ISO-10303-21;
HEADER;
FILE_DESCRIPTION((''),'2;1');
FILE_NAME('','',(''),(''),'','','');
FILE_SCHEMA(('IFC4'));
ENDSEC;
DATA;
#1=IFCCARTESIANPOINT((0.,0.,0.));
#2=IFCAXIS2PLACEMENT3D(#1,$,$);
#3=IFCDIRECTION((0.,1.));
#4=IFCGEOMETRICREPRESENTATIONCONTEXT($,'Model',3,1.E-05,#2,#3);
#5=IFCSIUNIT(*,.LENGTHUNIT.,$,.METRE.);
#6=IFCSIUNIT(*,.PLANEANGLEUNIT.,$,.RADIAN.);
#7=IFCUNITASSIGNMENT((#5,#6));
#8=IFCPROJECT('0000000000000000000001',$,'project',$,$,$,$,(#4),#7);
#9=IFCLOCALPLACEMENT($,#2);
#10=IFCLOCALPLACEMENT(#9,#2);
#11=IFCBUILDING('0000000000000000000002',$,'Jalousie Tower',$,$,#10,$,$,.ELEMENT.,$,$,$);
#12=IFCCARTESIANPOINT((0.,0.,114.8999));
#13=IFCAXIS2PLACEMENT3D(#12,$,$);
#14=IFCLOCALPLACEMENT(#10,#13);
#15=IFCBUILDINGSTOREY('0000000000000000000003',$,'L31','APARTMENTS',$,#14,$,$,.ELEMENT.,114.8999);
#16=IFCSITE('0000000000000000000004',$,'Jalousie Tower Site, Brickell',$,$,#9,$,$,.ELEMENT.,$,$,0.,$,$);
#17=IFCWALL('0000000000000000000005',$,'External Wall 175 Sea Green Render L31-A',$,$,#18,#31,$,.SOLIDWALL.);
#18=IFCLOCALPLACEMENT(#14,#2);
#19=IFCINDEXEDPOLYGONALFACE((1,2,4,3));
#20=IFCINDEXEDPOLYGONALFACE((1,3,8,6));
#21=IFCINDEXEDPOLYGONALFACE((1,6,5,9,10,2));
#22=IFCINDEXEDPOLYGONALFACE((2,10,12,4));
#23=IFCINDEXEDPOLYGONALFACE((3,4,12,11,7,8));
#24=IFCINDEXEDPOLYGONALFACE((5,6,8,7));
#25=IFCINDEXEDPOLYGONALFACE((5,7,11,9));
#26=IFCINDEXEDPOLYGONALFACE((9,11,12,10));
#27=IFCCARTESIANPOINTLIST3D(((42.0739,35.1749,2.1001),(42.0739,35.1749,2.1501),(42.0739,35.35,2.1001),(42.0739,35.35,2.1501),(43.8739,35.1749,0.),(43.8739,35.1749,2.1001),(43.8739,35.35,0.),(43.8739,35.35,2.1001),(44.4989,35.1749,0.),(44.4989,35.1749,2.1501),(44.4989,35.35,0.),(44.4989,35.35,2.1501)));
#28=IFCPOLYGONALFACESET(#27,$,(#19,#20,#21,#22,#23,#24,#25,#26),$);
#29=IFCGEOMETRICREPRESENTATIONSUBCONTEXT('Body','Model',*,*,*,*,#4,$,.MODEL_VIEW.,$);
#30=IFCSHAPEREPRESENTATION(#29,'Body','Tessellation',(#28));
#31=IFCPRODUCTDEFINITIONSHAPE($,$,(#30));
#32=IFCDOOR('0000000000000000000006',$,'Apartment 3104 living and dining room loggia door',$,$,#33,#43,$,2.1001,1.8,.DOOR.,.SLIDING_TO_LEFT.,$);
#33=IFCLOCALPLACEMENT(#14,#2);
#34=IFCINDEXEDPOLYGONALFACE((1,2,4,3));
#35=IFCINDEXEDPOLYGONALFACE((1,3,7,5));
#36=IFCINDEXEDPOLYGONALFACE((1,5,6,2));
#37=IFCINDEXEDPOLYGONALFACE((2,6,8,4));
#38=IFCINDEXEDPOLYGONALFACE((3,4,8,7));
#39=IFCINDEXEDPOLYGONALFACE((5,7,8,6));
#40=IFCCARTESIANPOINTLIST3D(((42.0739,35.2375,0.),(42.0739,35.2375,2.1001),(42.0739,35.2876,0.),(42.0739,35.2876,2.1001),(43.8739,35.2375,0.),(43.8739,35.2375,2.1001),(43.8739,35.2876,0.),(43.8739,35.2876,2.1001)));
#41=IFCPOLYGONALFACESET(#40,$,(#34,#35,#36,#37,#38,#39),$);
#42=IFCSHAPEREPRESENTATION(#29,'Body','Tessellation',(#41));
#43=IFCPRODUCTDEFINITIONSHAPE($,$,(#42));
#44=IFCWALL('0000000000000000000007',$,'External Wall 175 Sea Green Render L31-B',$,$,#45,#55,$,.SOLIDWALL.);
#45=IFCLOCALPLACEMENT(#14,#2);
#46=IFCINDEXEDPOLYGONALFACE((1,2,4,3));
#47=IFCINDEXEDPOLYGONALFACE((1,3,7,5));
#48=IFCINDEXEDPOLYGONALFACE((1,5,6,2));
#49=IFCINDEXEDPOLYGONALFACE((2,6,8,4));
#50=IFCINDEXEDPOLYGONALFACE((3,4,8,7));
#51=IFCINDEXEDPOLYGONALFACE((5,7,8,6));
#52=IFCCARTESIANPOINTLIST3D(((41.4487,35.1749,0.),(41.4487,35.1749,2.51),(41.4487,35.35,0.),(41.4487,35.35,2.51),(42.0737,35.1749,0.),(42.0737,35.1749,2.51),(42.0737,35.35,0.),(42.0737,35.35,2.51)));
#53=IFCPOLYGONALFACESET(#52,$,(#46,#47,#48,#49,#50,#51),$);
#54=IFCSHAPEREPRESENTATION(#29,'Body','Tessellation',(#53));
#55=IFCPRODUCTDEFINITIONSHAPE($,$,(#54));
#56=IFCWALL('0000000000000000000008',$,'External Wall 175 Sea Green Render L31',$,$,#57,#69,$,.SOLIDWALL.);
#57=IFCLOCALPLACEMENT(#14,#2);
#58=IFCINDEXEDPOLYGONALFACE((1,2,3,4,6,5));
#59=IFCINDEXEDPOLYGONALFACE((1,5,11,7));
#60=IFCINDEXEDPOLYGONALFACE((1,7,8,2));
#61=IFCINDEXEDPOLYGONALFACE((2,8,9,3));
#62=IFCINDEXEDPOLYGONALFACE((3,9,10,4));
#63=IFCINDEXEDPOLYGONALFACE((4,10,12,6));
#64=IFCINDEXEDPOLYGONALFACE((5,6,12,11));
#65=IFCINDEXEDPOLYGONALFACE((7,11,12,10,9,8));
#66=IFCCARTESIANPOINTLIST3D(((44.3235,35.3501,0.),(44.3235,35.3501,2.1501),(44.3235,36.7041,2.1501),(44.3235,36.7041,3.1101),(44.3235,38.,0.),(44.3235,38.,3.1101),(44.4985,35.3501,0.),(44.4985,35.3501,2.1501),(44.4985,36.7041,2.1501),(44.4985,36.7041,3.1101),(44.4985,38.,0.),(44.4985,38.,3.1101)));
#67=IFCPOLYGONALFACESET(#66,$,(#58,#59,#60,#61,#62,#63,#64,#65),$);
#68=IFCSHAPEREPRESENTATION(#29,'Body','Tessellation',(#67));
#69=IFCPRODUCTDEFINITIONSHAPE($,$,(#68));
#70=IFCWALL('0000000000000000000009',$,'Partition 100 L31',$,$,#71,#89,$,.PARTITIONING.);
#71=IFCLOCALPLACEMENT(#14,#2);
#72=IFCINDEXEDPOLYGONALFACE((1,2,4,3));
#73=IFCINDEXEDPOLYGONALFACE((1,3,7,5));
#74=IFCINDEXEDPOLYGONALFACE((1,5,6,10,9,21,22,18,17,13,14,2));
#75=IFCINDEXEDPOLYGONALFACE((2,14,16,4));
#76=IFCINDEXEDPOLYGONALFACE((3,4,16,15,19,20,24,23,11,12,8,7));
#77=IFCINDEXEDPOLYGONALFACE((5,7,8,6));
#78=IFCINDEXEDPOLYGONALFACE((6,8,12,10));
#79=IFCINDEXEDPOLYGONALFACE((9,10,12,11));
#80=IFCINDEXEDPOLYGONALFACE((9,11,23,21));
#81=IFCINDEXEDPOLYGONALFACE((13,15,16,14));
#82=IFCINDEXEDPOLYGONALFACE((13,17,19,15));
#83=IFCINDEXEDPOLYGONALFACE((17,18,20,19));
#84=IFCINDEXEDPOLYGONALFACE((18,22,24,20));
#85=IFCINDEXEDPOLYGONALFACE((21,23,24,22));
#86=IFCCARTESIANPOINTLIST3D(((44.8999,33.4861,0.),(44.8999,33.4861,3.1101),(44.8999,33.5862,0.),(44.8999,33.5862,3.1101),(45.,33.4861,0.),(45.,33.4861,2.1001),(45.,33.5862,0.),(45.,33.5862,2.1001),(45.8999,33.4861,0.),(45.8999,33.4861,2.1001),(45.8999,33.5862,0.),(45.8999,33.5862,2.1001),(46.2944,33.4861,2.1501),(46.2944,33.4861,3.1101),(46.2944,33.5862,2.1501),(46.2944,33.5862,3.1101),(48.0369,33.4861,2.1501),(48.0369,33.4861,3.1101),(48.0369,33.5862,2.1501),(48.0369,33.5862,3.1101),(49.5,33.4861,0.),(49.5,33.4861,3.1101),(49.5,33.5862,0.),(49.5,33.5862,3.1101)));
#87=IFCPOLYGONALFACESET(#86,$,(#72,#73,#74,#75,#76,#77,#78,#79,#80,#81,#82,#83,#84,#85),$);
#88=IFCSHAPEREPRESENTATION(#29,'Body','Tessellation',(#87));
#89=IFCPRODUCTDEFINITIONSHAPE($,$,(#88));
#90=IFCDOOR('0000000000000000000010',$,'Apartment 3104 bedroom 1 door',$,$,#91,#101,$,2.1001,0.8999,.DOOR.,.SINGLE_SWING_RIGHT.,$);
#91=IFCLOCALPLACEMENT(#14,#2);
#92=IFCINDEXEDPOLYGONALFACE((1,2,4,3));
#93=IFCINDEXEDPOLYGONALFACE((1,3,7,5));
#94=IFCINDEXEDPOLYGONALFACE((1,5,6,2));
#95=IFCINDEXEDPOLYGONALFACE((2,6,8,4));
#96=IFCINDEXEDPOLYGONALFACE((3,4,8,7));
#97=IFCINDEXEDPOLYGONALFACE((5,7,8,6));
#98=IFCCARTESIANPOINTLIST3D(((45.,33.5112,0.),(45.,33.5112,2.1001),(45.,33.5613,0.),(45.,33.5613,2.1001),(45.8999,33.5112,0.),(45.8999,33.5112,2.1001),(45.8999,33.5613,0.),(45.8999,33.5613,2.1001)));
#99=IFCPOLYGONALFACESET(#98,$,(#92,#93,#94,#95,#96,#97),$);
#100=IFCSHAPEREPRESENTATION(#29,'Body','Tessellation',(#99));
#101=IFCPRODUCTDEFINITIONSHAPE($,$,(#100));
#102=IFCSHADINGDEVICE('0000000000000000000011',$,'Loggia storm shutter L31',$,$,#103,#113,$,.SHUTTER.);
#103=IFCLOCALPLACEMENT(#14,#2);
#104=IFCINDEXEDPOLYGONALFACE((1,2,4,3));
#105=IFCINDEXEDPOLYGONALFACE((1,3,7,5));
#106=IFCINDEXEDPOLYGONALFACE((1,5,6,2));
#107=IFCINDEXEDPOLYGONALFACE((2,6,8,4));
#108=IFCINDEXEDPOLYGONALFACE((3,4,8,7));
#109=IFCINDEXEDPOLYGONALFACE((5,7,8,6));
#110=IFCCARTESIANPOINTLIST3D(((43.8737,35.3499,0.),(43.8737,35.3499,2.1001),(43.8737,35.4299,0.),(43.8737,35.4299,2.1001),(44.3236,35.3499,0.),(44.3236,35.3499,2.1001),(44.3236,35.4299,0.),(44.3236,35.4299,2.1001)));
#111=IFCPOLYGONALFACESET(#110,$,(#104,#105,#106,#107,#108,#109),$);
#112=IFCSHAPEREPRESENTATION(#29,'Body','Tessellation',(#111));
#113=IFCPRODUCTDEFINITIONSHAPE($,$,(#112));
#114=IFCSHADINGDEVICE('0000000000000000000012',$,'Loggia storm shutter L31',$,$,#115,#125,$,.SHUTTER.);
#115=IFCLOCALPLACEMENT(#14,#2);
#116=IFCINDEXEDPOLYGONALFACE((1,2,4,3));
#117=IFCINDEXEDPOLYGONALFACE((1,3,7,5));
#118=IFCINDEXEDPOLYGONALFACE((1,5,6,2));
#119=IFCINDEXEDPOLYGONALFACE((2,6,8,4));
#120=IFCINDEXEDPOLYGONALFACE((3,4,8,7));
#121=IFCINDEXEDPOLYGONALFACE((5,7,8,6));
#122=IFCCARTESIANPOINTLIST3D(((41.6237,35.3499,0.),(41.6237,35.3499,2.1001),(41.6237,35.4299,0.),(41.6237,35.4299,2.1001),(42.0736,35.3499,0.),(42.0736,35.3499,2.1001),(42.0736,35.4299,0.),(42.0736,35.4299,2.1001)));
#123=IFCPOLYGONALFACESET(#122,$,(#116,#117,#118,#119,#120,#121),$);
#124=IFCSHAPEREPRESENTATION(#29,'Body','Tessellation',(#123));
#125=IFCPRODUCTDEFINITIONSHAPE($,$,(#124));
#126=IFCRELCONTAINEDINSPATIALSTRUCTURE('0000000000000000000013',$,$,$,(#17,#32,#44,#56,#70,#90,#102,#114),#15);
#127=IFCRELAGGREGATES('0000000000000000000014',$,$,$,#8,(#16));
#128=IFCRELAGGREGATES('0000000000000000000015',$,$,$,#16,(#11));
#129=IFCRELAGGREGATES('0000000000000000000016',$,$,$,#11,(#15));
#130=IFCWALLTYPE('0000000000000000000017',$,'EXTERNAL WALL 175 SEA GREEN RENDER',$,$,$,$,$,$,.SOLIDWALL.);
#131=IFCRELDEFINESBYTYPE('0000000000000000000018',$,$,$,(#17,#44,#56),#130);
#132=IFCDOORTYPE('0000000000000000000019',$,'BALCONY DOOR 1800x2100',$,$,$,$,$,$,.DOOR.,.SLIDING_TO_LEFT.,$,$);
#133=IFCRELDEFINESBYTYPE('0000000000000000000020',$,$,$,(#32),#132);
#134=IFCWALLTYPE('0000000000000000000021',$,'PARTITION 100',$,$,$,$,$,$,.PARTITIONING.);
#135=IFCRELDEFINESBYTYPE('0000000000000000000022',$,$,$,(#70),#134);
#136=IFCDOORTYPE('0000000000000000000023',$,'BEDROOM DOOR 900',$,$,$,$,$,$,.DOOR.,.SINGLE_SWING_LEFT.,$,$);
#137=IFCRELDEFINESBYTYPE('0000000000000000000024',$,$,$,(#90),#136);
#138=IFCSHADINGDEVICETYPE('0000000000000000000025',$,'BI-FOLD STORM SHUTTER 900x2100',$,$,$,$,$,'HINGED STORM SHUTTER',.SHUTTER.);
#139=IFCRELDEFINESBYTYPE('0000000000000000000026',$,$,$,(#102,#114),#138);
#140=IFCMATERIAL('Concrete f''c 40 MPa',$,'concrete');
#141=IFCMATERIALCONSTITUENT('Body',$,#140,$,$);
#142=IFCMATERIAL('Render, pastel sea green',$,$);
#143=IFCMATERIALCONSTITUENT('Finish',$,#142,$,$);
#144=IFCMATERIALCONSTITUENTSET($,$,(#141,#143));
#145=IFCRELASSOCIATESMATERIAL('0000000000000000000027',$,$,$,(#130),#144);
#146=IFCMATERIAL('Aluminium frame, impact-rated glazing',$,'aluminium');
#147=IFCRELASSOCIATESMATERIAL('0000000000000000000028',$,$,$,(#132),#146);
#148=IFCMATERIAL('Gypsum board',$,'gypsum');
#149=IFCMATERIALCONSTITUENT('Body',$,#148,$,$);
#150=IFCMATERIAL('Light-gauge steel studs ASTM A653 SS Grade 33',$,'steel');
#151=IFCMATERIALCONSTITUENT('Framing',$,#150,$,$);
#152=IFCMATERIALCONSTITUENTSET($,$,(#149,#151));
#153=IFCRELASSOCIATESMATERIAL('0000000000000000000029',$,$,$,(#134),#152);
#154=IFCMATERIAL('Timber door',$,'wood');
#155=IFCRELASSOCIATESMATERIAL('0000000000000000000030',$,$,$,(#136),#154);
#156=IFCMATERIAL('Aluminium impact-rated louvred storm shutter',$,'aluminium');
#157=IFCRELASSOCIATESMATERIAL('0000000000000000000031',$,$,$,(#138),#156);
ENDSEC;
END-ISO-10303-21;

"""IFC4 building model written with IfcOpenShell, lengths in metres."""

from ifc_helpers import new_model, si_unit, direction, frame, frame_2d, origin, origin_2d, place, context, subcontext, project, spatial, polyline, rectangle, outline, extrude, material, constituent, constituent_set, type_object, element, fill, save


model = new_model("IFC4")

# Units and contexts
model_context = context("Model", 3, precision=1e-05, world=origin(), true_north=direction((0.0, 1.0)))
body_context = subcontext(model_context, "Body", "Model", "MODEL_VIEW")
ifc_project = project(units=[si_unit("LENGTHUNIT", "METRE"), si_unit("PLANEANGLEUNIT", "RADIAN")], contexts=[model_context])

# Site, building, storey
site_placement = place(None, origin())
site = spatial("IfcSite", under=ifc_project, at=site_placement, Name="Jalousie Tower Site, Brickell", CompositionType="ELEMENT", RefElevation=0.0)
building_placement = place(site_placement, origin())
building = spatial("IfcBuilding", under=site, at=building_placement, Name="Jalousie Tower", CompositionType="ELEMENT")
storey_placement = place(building_placement, frame((0.0, 0.0, 114.8999)))
storey = spatial("IfcBuildingStorey", under=building, at=storey_placement, Name="L31", Description="APARTMENTS", CompositionType="ELEMENT", Elevation=114.8999)

# Shared definitions
ifc_material_1 = material(Name="Concrete f'c 40 MPa", Category="concrete")
ifc_constituent_1 = constituent(ifc_material_1, Name="Body")
ifc_material_2 = material(Name="Render, pastel sea green")
ifc_constituent_2 = constituent(ifc_material_2, Name="Finish")
ifc_constituent_set_1 = constituent_set(constituents=[ifc_constituent_1, ifc_constituent_2])
wall_type_1 = type_object("IfcWallType", Name="EXTERNAL WALL 175 SEA GREEN RENDER", PredefinedType="SOLIDWALL", material=ifc_constituent_set_1)

# Wall, opening, door
wall_1_placement = place(storey_placement, frame((44.4988, 35.2625, 0.0), z_axis=(0.0, 0.0, 1.0), x_axis=(-1.0, 0.0, 0.0)))
wall_1 = element("IfcWall", 1, at=wall_1_placement, inside=storey, type_object=wall_type_1, Name="External Wall 175 Sea Green Render L31-A", PredefinedType="SOLIDWALL", context=body_context, shape_type="SweptSolid", body=[
    extrude(rectangle(XDim=2.425, YDim=0.175, at=frame_2d((1.2124, 0.0))), origin(), (0.0, 0.0, 1.0), 2.1501),
])
opening_1_placement = place(wall_1_placement, frame((0.625, 0.0, 0.0)))
opening_1 = element("IfcOpeningElement", 2, at=opening_1_placement, cuts=wall_1, PredefinedType="OPENING", context=body_context, shape_type="SweptSolid", body=[
    extrude(rectangle(XDim=1.8, YDim=2.1001, at=frame_2d((0.8999, 1.05))), frame((0.0, 0.0974, 0.0), z_axis=(0.0, -1.0, 0.0), x_axis=(1.0, 0.0, 0.0)), (0.0, 0.0, 1.0), 0.1951),
])
ifc_material_3 = material(Name="Aluminium frame, impact-rated glazing", Category="aluminium")
door_type_1 = type_object("IfcDoorType", Name="BALCONY DOOR 1800x2100", OperationType="SLIDING_TO_LEFT", PredefinedType="DOOR", material=ifc_material_3)
door_1_placement = place(opening_1_placement, origin())
door_1 = element("IfcDoor", 3, at=door_1_placement, inside=storey, type_object=door_type_1, Name="Apartment 3104 living and dining room loggia door", OperationType="SLIDING_TO_LEFT", OverallHeight=2.1001, OverallWidth=1.8, PredefinedType="DOOR", context=body_context, shape_type="SweptSolid", body=[
    extrude(rectangle(XDim=1.8, YDim=2.1001, at=frame_2d((0.8999, 1.05))), frame((0.0, 0.0249, 0.0), z_axis=(0.0, -1.0, 0.0), x_axis=(1.0, 0.0, 0.0)), (0.0, 0.0, 1.0), 0.05),
])
fill(opening_1, door_1)

# Walls
wall_2_placement = place(storey_placement, frame((42.0737, 35.2625, 0.0), z_axis=(0.0, 0.0, 1.0), x_axis=(-1.0, 0.0, 0.0)))
element("IfcWall", 4, at=wall_2_placement, inside=storey, type_object=wall_type_1, Name="External Wall 175 Sea Green Render L31-B", PredefinedType="SOLIDWALL", context=body_context, shape_type="SweptSolid", body=[
    extrude(rectangle(XDim=0.625, YDim=0.175, at=frame_2d((0.3125, 0.0))), origin(), (0.0, 0.0, 1.0), 2.51),
])
wall_3_placement = place(storey_placement, frame((44.4111, 38.0, 0.0), z_axis=(0.0, 0.0, 1.0), x_axis=(0.0, -1.0, 0.0)))
element("IfcWall", 5, at=wall_3_placement, inside=storey, type_object=wall_type_1, Name="External Wall 175 Sea Green Render L31", PredefinedType="SOLIDWALL", context=body_context, shape_type="SweptSolid", body=[
    extrude(outline(polyline([(0.0, 0.0), (2.6499, 0.0), (2.6499, 2.1501), (1.2959, 2.1501), (1.2959, 3.1101), (0.0, 3.1101), (0.0, 0.0)])), frame((0.0, 0.0874, 0.0), z_axis=(0.0, -1.0, 0.0), x_axis=(1.0, 0.0, 0.0)), (0.0, 0.0, 1.0), 0.175),
])

# Wall, opening, door
ifc_material_4 = material(Name="Gypsum board", Category="gypsum")
ifc_constituent_3 = constituent(ifc_material_4, Name="Body")
ifc_material_5 = material(Name="Light-gauge steel studs ASTM A653 SS Grade 33", Category="steel")
ifc_constituent_4 = constituent(ifc_material_5, Name="Framing")
ifc_constituent_set_2 = constituent_set(constituents=[ifc_constituent_3, ifc_constituent_4])
wall_type_2 = type_object("IfcWallType", Name="PARTITION 100", PredefinedType="PARTITIONING", material=ifc_constituent_set_2)
wall_4_placement = place(storey_placement, frame((44.8999, 33.5361, 0.0), z_axis=(0.0, 0.0, 1.0), x_axis=(1.0, 0.0, 0.0)))
wall_4 = element("IfcWall", 6, at=wall_4_placement, inside=storey, type_object=wall_type_2, Name="Partition 100 L31", PredefinedType="PARTITIONING", context=body_context, shape_type="SweptSolid", body=[
    extrude(outline(polyline([(0.0, 0.0), (4.6001, 0.0), (4.6001, 3.1101), (3.137, 3.1101), (3.137, 2.1501), (1.3945, 2.1501), (1.3945, 3.1101), (0.0, 3.1101), (0.0, 0.0)])), frame((0.0, 0.05, 0.0), z_axis=(0.0, -1.0, 0.0), x_axis=(1.0, 0.0, 0.0)), (0.0, 0.0, 1.0), 0.1001),
])
opening_2_placement = place(wall_4_placement, frame((0.1001, 0.0, 0.0)))
opening_2 = element("IfcOpeningElement", 7, at=opening_2_placement, cuts=wall_4, PredefinedType="OPENING", context=body_context, shape_type="SweptSolid", body=[
    extrude(rectangle(XDim=0.8999, YDim=2.1001, at=frame_2d((0.45, 1.05))), frame((0.0, 0.0601, 0.0), z_axis=(0.0, -1.0, 0.0), x_axis=(1.0, 0.0, 0.0)), (0.0, 0.0, 1.0), 0.1201),
])
ifc_material_6 = material(Name="Timber door", Category="wood")
door_type_2 = type_object("IfcDoorType", Name="BEDROOM DOOR 900", OperationType="SINGLE_SWING_LEFT", PredefinedType="DOOR", material=ifc_material_6)
door_2_placement = place(opening_2_placement, frame((0.8999, 0.0, 0.0), z_axis=(0.0, 0.0, 1.0), x_axis=(-1.0, 0.0, 0.0)))
door_2 = element("IfcDoor", 8, at=door_2_placement, inside=storey, type_object=door_type_2, Name="Apartment 3104 bedroom 1 door", OperationType="SINGLE_SWING_RIGHT", OverallHeight=2.1001, OverallWidth=0.8999, PredefinedType="DOOR", context=body_context, shape_type="SweptSolid", body=[
    extrude(rectangle(XDim=0.8999, YDim=2.1001, at=frame_2d((0.45, 1.05))), frame((0.0, 0.0249, 0.0), z_axis=(0.0, -1.0, 0.0), x_axis=(1.0, 0.0, 0.0)), (0.0, 0.0, 1.0), 0.05),
])
fill(opening_2, door_2)

# Shading devices
ifc_material_7 = material(Name="Aluminium impact-rated louvred storm shutter", Category="aluminium")
shading_device_type_1 = type_object("IfcShadingDeviceType", Name="BI-FOLD STORM SHUTTER 900x2100", ElementType="HINGED STORM SHUTTER", PredefinedType="SHUTTER", material=ifc_material_7)
for number, where, z_axis, x_axis, name in (
    (9, (44.0986, 35.3899, 0.0), (0.0, 0.0, 1.0), (-1.0, 0.0, 0.0), "Loggia storm shutter L31"),
    (10, (41.8486, 35.3899, 0.0), (0.0, 0.0, 1.0), (-1.0, 0.0, 0.0), "Loggia storm shutter L31"),
):
    element("IfcShadingDevice", number, at=place(storey_placement, frame(where, z_axis=z_axis, x_axis=x_axis)), inside=storey, type_object=shading_device_type_1, Name=name, PredefinedType="SHUTTER", context=body_context, shape_type="SweptSolid", body=[
        extrude(rectangle(XDim=0.45, YDim=0.0801, at=origin_2d()), origin(), (0.0, 0.0, 1.0), 2.1001),
    ])

save(model, "model.ifc")
